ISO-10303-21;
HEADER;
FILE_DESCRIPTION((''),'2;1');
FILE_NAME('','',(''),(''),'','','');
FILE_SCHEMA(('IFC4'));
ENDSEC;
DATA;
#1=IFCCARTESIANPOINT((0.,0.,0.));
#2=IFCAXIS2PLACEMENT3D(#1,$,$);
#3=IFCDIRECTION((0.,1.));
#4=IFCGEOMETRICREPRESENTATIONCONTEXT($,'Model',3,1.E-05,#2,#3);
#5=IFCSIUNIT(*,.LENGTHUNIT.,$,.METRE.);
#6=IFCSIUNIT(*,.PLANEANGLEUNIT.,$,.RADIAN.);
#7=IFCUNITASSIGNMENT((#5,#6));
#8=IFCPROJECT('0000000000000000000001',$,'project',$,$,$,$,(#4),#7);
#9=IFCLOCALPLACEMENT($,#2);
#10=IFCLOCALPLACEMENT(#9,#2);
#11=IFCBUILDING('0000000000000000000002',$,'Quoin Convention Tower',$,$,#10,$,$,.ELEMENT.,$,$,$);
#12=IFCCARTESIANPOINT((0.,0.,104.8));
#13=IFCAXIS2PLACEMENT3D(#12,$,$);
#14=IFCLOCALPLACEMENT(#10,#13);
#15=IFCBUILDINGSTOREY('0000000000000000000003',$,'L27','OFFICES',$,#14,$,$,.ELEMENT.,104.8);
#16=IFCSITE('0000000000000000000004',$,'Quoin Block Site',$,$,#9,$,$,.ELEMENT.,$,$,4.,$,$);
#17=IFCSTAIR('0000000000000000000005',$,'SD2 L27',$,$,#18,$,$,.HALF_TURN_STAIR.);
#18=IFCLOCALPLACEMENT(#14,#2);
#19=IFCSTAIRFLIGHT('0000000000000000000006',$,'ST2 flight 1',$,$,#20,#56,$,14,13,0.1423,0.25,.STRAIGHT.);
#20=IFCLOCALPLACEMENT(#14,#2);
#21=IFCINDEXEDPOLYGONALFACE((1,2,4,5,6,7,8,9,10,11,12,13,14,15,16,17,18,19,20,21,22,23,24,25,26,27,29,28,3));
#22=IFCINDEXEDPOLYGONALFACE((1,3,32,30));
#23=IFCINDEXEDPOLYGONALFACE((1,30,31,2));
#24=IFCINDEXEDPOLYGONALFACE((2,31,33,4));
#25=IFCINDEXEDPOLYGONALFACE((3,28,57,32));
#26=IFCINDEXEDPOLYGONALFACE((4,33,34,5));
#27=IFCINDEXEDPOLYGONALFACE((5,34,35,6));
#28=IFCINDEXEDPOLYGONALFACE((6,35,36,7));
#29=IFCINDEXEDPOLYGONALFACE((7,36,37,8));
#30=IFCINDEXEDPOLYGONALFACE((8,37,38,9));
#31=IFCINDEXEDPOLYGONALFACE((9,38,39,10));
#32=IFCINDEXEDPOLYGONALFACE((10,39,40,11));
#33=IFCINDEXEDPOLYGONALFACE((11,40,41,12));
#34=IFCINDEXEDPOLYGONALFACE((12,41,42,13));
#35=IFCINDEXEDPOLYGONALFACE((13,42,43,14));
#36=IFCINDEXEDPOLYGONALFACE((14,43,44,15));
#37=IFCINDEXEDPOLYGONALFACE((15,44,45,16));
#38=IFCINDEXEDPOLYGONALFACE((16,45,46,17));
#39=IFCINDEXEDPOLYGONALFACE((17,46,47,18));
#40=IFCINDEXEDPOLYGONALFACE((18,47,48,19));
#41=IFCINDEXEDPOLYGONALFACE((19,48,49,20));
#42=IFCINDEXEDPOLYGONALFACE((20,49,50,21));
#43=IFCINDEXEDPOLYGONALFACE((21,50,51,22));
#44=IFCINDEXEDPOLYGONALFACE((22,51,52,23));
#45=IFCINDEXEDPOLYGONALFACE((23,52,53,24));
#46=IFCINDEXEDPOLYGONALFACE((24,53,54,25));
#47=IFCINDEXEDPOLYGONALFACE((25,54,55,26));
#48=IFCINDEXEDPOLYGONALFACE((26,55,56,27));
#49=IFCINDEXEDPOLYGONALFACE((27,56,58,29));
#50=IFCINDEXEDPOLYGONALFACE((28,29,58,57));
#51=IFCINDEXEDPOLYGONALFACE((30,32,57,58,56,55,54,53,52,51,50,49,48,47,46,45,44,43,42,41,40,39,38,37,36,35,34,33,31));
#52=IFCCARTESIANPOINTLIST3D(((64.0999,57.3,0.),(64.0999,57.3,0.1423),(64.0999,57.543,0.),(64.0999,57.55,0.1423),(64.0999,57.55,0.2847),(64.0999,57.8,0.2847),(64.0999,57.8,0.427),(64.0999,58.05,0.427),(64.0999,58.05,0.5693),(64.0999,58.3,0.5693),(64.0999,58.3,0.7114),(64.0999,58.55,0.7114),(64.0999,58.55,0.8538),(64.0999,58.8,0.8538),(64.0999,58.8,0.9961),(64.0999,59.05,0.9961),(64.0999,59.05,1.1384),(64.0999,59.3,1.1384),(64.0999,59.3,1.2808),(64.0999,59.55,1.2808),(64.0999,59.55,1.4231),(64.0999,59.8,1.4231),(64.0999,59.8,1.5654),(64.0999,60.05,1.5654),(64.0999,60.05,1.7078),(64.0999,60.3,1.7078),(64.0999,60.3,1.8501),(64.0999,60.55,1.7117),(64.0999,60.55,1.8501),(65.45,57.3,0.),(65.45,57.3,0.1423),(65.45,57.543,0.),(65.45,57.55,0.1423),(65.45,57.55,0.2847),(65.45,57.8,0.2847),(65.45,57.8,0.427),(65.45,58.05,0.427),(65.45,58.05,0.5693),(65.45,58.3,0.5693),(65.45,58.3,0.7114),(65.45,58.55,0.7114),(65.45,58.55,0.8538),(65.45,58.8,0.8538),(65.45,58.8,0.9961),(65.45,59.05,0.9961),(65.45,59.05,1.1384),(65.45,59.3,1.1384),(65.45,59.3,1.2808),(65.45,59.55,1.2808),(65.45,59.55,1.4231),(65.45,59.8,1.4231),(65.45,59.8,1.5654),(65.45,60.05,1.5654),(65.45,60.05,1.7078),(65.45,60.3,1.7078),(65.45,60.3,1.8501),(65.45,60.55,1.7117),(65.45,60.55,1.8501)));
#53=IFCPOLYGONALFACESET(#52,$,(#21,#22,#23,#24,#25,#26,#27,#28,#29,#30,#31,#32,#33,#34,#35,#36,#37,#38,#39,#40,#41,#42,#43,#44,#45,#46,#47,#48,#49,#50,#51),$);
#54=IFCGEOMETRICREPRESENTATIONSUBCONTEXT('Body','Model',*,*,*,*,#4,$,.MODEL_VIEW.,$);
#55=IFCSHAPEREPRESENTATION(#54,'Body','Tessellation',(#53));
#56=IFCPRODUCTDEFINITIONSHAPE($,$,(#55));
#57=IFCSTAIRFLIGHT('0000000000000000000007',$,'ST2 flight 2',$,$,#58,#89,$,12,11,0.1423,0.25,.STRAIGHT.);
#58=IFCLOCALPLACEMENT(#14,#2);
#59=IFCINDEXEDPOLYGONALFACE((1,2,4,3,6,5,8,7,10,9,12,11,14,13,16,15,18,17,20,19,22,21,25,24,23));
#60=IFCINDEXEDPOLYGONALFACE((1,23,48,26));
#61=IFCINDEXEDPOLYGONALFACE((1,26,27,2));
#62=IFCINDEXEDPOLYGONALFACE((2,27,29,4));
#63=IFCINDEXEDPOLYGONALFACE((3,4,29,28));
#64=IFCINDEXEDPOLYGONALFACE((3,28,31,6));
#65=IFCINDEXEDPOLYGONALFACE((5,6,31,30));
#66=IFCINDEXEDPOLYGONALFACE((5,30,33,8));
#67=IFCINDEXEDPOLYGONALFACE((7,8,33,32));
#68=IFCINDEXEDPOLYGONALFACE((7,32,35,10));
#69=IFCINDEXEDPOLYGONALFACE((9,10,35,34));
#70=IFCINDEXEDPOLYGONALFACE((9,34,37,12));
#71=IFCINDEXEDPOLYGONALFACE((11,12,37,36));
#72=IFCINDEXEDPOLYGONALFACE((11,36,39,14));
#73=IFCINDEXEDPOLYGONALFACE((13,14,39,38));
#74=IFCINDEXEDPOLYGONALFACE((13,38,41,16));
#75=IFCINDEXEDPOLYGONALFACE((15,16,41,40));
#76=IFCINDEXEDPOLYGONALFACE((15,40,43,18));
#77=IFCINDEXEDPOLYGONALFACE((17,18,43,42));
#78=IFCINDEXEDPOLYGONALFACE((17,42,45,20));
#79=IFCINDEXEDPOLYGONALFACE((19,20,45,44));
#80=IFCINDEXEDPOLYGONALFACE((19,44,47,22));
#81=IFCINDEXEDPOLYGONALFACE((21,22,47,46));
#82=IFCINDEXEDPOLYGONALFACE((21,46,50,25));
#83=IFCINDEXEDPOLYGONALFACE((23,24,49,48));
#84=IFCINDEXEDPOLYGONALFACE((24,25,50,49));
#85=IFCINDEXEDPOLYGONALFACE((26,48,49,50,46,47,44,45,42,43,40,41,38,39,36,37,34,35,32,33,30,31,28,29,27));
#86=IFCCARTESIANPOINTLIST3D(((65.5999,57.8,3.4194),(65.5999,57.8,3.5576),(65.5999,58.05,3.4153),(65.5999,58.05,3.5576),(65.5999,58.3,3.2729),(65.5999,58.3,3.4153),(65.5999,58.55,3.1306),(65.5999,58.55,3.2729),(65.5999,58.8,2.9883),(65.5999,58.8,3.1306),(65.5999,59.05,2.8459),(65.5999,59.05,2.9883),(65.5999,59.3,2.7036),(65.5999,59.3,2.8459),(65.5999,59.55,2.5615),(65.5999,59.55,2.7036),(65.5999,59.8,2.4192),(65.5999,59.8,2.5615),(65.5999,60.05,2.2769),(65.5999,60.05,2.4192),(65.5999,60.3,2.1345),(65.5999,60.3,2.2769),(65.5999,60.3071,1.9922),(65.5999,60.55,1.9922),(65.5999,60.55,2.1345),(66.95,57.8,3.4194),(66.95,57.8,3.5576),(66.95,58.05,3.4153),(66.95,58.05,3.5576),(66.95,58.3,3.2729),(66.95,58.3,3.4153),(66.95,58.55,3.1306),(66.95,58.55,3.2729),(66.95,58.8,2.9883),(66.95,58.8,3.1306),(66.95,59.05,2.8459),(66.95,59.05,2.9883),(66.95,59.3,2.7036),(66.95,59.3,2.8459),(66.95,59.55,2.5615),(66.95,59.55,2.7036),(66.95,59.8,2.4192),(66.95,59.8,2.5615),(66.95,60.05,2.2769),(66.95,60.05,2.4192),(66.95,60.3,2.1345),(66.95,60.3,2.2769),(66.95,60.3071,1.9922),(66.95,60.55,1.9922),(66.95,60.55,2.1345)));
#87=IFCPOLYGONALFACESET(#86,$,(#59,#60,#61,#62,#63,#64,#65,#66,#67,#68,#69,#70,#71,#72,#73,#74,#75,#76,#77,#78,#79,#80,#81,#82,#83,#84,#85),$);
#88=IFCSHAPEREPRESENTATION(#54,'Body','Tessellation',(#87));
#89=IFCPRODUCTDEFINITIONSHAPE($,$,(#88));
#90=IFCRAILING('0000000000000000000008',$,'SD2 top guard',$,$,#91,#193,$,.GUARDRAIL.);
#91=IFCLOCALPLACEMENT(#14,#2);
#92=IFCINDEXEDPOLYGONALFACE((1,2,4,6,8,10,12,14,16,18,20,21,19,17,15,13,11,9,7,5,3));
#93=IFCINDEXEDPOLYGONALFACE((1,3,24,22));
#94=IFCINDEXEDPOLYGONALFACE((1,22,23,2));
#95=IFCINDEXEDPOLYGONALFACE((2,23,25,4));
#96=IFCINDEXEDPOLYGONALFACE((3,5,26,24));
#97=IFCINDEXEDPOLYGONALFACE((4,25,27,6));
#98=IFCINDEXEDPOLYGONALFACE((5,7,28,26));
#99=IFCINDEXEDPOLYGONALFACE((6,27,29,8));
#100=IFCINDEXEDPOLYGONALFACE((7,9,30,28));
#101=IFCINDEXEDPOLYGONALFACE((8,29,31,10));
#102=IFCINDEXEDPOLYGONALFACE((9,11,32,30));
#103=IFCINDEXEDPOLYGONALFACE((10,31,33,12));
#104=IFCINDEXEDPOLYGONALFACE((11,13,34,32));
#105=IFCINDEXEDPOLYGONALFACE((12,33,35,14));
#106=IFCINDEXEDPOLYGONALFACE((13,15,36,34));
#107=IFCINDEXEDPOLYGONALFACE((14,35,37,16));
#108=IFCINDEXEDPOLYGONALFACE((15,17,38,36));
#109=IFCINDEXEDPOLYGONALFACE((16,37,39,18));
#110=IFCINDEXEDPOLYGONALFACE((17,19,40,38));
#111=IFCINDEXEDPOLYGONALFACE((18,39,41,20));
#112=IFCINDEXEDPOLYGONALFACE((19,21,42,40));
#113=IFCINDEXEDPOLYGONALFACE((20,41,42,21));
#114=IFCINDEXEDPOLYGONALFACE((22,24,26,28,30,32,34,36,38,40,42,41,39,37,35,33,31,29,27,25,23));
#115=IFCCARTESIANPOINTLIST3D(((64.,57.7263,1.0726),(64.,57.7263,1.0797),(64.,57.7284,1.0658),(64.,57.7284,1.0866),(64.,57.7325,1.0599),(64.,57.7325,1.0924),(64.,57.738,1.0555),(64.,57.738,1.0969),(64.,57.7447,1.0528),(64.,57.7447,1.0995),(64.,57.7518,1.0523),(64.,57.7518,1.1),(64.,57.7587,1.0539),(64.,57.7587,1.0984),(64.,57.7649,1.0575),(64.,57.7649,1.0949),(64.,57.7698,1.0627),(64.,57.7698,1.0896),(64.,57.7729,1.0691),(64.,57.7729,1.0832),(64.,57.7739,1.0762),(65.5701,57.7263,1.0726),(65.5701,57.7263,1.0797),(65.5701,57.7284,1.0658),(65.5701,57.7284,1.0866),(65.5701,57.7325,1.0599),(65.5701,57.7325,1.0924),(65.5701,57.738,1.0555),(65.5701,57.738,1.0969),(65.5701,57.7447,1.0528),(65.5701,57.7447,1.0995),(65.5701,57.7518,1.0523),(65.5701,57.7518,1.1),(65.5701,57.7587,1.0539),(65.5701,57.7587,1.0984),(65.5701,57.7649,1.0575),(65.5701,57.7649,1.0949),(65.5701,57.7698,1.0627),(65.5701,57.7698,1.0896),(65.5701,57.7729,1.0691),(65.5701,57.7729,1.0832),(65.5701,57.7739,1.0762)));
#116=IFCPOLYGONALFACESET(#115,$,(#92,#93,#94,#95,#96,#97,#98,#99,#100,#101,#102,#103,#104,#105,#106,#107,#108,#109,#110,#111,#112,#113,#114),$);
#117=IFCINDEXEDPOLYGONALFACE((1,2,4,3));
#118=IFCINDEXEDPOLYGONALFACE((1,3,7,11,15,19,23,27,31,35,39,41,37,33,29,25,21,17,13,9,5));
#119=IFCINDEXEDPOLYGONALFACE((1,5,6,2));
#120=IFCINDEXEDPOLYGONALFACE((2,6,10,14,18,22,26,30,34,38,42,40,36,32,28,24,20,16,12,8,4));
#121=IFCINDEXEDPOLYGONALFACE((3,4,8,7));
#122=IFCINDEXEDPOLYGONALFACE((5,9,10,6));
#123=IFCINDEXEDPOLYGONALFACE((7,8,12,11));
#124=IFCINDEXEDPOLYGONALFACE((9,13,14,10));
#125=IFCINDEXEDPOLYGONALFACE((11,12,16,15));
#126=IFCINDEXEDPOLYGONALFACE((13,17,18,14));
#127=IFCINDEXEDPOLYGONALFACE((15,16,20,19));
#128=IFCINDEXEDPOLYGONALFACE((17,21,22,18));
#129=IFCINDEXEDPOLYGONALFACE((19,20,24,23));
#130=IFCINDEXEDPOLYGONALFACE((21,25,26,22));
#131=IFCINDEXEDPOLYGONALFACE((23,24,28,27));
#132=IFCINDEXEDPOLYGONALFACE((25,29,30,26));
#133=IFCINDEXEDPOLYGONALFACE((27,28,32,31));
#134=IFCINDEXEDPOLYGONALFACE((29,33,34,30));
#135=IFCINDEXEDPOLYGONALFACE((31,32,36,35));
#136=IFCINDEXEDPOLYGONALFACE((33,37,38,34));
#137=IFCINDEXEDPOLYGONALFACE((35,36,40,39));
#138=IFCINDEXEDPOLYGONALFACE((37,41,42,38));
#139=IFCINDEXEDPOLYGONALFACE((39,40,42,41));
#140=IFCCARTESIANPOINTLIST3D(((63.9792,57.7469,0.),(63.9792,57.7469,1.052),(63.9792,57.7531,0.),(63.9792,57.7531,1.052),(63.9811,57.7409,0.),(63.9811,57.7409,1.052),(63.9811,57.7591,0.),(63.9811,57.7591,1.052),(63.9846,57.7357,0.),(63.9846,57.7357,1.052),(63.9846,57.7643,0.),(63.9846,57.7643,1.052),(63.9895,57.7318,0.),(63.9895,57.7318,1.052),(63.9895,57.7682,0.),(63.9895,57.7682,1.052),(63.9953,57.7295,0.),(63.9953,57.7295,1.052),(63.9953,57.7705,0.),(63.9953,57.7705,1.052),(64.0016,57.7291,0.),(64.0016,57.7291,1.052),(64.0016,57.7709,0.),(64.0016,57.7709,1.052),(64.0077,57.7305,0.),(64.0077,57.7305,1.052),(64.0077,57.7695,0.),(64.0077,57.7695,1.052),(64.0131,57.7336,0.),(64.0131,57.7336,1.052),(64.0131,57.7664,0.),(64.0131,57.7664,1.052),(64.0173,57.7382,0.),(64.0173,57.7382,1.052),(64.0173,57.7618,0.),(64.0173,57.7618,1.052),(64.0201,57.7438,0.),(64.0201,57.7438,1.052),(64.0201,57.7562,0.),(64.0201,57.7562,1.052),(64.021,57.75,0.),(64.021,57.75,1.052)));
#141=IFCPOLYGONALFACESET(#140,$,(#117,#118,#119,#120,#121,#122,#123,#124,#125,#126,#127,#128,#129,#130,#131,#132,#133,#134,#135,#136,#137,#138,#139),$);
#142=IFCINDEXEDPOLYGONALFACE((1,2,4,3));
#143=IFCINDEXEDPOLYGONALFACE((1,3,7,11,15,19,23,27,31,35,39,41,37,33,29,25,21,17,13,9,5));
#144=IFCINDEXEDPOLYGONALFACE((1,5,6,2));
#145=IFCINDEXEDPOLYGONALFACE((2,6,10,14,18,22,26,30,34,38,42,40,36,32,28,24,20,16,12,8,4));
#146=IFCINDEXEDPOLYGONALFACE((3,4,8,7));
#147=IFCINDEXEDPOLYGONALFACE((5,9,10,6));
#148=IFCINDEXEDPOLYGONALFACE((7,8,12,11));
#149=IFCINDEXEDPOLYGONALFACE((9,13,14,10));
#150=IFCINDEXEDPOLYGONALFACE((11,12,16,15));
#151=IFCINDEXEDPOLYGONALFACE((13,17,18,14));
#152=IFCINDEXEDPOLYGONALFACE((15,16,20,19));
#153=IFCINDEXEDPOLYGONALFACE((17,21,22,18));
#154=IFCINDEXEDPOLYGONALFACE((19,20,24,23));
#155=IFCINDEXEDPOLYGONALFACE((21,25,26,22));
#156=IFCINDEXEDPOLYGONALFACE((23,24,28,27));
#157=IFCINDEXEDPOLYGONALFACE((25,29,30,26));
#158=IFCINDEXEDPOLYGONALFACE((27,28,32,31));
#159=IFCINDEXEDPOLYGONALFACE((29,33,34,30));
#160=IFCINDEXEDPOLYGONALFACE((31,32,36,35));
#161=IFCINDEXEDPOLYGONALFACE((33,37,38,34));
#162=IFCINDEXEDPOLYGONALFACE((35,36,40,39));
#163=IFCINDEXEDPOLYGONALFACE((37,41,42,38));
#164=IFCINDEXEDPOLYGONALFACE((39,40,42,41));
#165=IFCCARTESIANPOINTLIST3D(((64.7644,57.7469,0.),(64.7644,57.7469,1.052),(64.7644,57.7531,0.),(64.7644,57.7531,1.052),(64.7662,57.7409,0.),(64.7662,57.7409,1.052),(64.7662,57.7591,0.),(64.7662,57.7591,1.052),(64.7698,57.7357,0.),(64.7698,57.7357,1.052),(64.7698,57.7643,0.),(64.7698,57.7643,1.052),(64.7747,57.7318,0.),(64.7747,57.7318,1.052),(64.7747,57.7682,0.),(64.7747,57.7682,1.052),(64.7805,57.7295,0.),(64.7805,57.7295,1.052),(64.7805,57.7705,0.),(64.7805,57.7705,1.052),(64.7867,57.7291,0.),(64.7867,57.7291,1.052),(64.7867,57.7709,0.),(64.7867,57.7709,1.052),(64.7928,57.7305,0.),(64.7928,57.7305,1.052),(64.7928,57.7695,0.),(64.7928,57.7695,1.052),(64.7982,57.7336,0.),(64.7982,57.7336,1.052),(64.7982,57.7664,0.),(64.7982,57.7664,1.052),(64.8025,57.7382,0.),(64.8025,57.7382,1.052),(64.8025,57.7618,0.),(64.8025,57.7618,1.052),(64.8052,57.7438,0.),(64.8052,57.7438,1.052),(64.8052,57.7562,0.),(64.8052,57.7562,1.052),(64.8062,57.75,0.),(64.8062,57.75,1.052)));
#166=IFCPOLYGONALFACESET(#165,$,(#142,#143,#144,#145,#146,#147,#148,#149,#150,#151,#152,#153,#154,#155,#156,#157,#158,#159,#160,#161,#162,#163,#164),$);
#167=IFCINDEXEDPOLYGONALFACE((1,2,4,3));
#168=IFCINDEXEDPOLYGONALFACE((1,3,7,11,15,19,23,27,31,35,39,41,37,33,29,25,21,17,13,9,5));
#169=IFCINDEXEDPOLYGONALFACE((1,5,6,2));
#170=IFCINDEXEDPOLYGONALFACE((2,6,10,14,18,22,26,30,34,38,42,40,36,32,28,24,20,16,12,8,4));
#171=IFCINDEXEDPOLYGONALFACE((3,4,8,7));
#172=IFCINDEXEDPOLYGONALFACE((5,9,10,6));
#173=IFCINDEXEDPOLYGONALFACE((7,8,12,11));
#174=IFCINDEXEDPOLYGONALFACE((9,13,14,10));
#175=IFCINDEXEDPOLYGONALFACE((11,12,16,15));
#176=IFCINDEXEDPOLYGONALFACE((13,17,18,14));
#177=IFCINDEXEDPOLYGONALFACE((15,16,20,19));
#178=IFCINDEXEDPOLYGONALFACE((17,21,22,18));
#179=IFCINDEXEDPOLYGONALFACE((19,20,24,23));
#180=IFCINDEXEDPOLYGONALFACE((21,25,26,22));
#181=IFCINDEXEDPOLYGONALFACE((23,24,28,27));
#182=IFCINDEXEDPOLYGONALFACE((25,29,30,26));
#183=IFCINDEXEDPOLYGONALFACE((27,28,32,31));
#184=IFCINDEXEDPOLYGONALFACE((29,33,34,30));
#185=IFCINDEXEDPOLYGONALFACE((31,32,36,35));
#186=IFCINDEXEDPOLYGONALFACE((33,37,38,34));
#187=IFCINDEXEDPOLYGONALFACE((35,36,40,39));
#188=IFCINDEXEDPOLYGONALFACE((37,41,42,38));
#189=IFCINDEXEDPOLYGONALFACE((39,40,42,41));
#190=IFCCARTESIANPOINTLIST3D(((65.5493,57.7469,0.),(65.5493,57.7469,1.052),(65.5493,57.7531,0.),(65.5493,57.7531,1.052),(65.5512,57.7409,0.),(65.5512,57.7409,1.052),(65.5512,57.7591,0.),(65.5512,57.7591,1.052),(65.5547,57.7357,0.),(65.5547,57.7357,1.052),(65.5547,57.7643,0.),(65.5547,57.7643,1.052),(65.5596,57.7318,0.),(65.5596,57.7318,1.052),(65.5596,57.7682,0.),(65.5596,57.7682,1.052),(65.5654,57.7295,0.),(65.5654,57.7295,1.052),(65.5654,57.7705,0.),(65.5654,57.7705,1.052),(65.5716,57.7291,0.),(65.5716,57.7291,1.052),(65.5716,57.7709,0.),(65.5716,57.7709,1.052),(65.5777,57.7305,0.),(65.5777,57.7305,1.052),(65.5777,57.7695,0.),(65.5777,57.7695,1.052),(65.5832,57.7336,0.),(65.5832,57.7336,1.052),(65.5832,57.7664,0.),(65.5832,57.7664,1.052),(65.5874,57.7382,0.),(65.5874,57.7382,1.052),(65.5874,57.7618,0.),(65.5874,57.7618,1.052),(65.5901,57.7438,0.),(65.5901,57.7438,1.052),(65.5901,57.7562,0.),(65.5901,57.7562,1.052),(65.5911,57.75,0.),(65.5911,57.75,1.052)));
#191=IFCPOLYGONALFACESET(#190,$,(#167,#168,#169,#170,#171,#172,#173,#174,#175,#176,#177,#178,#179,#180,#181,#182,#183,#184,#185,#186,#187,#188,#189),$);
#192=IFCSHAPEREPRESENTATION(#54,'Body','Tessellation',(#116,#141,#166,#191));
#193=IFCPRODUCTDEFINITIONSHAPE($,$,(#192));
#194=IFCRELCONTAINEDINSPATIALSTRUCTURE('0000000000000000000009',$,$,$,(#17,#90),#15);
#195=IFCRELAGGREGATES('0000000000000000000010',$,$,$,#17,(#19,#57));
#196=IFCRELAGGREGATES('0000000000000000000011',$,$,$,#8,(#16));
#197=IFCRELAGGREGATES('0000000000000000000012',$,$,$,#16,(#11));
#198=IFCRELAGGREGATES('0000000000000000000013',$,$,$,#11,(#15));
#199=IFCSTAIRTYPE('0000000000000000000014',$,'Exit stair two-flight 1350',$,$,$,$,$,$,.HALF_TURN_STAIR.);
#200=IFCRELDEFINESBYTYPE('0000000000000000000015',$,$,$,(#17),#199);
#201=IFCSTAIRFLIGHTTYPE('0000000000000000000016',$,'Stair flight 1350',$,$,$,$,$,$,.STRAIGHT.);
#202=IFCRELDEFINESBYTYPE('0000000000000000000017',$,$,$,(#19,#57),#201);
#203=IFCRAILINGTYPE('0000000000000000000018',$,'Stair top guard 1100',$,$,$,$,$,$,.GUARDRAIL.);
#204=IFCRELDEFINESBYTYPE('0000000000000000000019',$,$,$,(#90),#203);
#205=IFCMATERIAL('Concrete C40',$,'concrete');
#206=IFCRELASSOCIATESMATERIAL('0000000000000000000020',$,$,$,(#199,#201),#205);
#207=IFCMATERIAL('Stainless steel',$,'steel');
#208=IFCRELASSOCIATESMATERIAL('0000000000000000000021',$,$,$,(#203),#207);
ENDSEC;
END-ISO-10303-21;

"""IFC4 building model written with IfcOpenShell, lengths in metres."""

from ifc_helpers import new_model, si_unit, direction, frame, origin, origin_2d, place, context, subcontext, project, spatial, polyline, circle, outline, extrude, material, type_object, element, aggregate, save


model = new_model("IFC4")

# Units and contexts
model_context = context("Model", 3, precision=1e-05, world=origin(), true_north=direction((0.0, 1.0)))
body_context = subcontext(model_context, "Body", "Model", "MODEL_VIEW")
ifc_project = project(units=[si_unit("LENGTHUNIT", "METRE"), si_unit("PLANEANGLEUNIT", "RADIAN")], contexts=[model_context])

# Site, building, storey
site_placement = place(None, origin())
site = spatial("IfcSite", under=ifc_project, at=site_placement, Name="Quoin Block Site", CompositionType="ELEMENT", RefElevation=4.0)
building_placement = place(site_placement, origin())
building = spatial("IfcBuilding", under=site, at=building_placement, Name="Quoin Convention Tower", CompositionType="ELEMENT")
storey_placement = place(building_placement, frame((0.0, 0.0, 104.8)))
storey = spatial("IfcBuildingStorey", under=building, at=storey_placement, Name="L27", Description="OFFICES", CompositionType="ELEMENT", Elevation=104.8)

# Stair, stair flights
ifc_material_1 = material(Name="Concrete C40", Category="concrete")
stair_type = type_object("IfcStairType", Name="Exit stair two-flight 1350", PredefinedType="HALF_TURN_STAIR", material=ifc_material_1)
stair_placement = place(storey_placement, origin())
stair = element("IfcStair", 1, at=stair_placement, inside=storey, type_object=stair_type, Name="SD2 L27", PredefinedType="HALF_TURN_STAIR")
stair_flight_type = type_object("IfcStairFlightType", Name="Stair flight 1350", PredefinedType="STRAIGHT", material=ifc_material_1)
stair_flight_1_placement = place(storey_placement, frame((64.7749, 57.3, 0.0), z_axis=(0.0, 0.0, 1.0), x_axis=(0.0, 1.0, 0.0)))
stair_flight_1 = element("IfcStairFlight", 2, at=stair_flight_1_placement, type_object=stair_flight_type, Name="ST2 flight 1", NumberOfRisers=14, NumberOfTreads=13, PredefinedType="STRAIGHT", RiserHeight=0.1423, TreadLength=0.25, context=body_context, shape_type="SweptSolid", body=[
    extrude(outline(polyline([(0.0, 0.0), (0.0, 0.1423), (0.25, 0.1423), (0.25, 0.2847), (0.5, 0.2847), (0.5, 0.427), (0.75, 0.427), (0.75, 0.5693), (1.0, 0.5693), (1.0, 0.7114), (1.25, 0.7114), (1.25, 0.8538), (1.5, 0.8538), (1.5, 0.9961), (1.75, 0.9961), (1.75, 1.1384), (2.0, 1.1384), (2.0, 1.2808), (2.25, 1.2808), (2.25, 1.4231), (2.5, 1.4231), (2.5, 1.5654), (2.75, 1.5654), (2.75, 1.7078), (3.0, 1.7078), (3.0, 1.8501), (3.25, 1.8501), (3.25, 1.9922), (3.25, 1.7117), (0.2429, 0.0), (0.0, 0.0)])), frame((0.0, 0.675, 0.0), z_axis=(0.0, -1.0, 0.0), x_axis=(1.0, 0.0, 0.0)), (0.0, 0.0, 1.0), 1.3501),
])
stair_flight_2_placement = place(storey_placement, frame((66.2749, 60.55, 1.9922), z_axis=(0.0, 0.0, 1.0), x_axis=(0.0, -1.0, 0.0)))
stair_flight_2 = element("IfcStairFlight", 3, at=stair_flight_2_placement, type_object=stair_flight_type, Name="ST2 flight 2", NumberOfRisers=12, NumberOfTreads=11, PredefinedType="STRAIGHT", RiserHeight=0.1423, TreadLength=0.25, context=body_context, shape_type="SweptSolid", body=[
    extrude(outline(polyline([(0.0, 0.0), (0.0, 0.1423), (0.25, 0.1423), (0.25, 0.2847), (0.5, 0.2847), (0.5, 0.427), (0.75, 0.427), (0.75, 0.5693), (1.0, 0.5693), (1.0, 0.7114), (1.25, 0.7114), (1.25, 0.8538), (1.5, 0.8538), (1.5, 0.9961), (1.75, 0.9961), (1.75, 1.1384), (2.0, 1.1384), (2.0, 1.2808), (2.25, 1.2808), (2.25, 1.4231), (2.5, 1.4231), (2.5, 1.5654), (2.75, 1.5654), (2.75, 1.7078), (2.75, 1.4272), (0.2429, 0.0), (0.0, 0.0)])), frame((0.0, 0.675, 0.0), z_axis=(0.0, -1.0, 0.0), x_axis=(1.0, 0.0, 0.0)), (0.0, 0.0, 1.0), 1.3501),
])
aggregate(stair, [stair_flight_1, stair_flight_2])

# Railing
ifc_material_2 = material(Name="Stainless steel", Category="steel")
railing_type_1 = type_object("IfcRailingType", Name="Stair top guard 1100", PredefinedType="GUARDRAIL", material=ifc_material_2)
railing_1_placement = place(storey_placement, frame((64.0, 57.75, 0.0)))
element("IfcRailing", 4, at=railing_1_placement, inside=storey, type_object=railing_type_1, Name="SD2 top guard", PredefinedType="GUARDRAIL", context=body_context, shape_type="SweptSolid", body=[
    extrude(circle(Radius=0.0239, at=origin_2d()), frame((0.0, 0.0, 1.0762), z_axis=(1.0, 0.0, 0.0), x_axis=(0.0, 1.0, 0.0)), (0.0, 0.0, 1.0), 1.5701),
    extrude(circle(Radius=0.021, at=origin_2d()), origin(), (0.0, 0.0, 1.0), 1.052),
    extrude(circle(Radius=0.021, at=origin_2d()), frame((0.7852, 0.0, 0.0)), (0.0, 0.0, 1.0), 1.052),
    extrude(circle(Radius=0.021, at=origin_2d()), frame((1.5701, 0.0, 0.0)), (0.0, 0.0, 1.0), 1.052),
])

save(model, "model.ifc")
